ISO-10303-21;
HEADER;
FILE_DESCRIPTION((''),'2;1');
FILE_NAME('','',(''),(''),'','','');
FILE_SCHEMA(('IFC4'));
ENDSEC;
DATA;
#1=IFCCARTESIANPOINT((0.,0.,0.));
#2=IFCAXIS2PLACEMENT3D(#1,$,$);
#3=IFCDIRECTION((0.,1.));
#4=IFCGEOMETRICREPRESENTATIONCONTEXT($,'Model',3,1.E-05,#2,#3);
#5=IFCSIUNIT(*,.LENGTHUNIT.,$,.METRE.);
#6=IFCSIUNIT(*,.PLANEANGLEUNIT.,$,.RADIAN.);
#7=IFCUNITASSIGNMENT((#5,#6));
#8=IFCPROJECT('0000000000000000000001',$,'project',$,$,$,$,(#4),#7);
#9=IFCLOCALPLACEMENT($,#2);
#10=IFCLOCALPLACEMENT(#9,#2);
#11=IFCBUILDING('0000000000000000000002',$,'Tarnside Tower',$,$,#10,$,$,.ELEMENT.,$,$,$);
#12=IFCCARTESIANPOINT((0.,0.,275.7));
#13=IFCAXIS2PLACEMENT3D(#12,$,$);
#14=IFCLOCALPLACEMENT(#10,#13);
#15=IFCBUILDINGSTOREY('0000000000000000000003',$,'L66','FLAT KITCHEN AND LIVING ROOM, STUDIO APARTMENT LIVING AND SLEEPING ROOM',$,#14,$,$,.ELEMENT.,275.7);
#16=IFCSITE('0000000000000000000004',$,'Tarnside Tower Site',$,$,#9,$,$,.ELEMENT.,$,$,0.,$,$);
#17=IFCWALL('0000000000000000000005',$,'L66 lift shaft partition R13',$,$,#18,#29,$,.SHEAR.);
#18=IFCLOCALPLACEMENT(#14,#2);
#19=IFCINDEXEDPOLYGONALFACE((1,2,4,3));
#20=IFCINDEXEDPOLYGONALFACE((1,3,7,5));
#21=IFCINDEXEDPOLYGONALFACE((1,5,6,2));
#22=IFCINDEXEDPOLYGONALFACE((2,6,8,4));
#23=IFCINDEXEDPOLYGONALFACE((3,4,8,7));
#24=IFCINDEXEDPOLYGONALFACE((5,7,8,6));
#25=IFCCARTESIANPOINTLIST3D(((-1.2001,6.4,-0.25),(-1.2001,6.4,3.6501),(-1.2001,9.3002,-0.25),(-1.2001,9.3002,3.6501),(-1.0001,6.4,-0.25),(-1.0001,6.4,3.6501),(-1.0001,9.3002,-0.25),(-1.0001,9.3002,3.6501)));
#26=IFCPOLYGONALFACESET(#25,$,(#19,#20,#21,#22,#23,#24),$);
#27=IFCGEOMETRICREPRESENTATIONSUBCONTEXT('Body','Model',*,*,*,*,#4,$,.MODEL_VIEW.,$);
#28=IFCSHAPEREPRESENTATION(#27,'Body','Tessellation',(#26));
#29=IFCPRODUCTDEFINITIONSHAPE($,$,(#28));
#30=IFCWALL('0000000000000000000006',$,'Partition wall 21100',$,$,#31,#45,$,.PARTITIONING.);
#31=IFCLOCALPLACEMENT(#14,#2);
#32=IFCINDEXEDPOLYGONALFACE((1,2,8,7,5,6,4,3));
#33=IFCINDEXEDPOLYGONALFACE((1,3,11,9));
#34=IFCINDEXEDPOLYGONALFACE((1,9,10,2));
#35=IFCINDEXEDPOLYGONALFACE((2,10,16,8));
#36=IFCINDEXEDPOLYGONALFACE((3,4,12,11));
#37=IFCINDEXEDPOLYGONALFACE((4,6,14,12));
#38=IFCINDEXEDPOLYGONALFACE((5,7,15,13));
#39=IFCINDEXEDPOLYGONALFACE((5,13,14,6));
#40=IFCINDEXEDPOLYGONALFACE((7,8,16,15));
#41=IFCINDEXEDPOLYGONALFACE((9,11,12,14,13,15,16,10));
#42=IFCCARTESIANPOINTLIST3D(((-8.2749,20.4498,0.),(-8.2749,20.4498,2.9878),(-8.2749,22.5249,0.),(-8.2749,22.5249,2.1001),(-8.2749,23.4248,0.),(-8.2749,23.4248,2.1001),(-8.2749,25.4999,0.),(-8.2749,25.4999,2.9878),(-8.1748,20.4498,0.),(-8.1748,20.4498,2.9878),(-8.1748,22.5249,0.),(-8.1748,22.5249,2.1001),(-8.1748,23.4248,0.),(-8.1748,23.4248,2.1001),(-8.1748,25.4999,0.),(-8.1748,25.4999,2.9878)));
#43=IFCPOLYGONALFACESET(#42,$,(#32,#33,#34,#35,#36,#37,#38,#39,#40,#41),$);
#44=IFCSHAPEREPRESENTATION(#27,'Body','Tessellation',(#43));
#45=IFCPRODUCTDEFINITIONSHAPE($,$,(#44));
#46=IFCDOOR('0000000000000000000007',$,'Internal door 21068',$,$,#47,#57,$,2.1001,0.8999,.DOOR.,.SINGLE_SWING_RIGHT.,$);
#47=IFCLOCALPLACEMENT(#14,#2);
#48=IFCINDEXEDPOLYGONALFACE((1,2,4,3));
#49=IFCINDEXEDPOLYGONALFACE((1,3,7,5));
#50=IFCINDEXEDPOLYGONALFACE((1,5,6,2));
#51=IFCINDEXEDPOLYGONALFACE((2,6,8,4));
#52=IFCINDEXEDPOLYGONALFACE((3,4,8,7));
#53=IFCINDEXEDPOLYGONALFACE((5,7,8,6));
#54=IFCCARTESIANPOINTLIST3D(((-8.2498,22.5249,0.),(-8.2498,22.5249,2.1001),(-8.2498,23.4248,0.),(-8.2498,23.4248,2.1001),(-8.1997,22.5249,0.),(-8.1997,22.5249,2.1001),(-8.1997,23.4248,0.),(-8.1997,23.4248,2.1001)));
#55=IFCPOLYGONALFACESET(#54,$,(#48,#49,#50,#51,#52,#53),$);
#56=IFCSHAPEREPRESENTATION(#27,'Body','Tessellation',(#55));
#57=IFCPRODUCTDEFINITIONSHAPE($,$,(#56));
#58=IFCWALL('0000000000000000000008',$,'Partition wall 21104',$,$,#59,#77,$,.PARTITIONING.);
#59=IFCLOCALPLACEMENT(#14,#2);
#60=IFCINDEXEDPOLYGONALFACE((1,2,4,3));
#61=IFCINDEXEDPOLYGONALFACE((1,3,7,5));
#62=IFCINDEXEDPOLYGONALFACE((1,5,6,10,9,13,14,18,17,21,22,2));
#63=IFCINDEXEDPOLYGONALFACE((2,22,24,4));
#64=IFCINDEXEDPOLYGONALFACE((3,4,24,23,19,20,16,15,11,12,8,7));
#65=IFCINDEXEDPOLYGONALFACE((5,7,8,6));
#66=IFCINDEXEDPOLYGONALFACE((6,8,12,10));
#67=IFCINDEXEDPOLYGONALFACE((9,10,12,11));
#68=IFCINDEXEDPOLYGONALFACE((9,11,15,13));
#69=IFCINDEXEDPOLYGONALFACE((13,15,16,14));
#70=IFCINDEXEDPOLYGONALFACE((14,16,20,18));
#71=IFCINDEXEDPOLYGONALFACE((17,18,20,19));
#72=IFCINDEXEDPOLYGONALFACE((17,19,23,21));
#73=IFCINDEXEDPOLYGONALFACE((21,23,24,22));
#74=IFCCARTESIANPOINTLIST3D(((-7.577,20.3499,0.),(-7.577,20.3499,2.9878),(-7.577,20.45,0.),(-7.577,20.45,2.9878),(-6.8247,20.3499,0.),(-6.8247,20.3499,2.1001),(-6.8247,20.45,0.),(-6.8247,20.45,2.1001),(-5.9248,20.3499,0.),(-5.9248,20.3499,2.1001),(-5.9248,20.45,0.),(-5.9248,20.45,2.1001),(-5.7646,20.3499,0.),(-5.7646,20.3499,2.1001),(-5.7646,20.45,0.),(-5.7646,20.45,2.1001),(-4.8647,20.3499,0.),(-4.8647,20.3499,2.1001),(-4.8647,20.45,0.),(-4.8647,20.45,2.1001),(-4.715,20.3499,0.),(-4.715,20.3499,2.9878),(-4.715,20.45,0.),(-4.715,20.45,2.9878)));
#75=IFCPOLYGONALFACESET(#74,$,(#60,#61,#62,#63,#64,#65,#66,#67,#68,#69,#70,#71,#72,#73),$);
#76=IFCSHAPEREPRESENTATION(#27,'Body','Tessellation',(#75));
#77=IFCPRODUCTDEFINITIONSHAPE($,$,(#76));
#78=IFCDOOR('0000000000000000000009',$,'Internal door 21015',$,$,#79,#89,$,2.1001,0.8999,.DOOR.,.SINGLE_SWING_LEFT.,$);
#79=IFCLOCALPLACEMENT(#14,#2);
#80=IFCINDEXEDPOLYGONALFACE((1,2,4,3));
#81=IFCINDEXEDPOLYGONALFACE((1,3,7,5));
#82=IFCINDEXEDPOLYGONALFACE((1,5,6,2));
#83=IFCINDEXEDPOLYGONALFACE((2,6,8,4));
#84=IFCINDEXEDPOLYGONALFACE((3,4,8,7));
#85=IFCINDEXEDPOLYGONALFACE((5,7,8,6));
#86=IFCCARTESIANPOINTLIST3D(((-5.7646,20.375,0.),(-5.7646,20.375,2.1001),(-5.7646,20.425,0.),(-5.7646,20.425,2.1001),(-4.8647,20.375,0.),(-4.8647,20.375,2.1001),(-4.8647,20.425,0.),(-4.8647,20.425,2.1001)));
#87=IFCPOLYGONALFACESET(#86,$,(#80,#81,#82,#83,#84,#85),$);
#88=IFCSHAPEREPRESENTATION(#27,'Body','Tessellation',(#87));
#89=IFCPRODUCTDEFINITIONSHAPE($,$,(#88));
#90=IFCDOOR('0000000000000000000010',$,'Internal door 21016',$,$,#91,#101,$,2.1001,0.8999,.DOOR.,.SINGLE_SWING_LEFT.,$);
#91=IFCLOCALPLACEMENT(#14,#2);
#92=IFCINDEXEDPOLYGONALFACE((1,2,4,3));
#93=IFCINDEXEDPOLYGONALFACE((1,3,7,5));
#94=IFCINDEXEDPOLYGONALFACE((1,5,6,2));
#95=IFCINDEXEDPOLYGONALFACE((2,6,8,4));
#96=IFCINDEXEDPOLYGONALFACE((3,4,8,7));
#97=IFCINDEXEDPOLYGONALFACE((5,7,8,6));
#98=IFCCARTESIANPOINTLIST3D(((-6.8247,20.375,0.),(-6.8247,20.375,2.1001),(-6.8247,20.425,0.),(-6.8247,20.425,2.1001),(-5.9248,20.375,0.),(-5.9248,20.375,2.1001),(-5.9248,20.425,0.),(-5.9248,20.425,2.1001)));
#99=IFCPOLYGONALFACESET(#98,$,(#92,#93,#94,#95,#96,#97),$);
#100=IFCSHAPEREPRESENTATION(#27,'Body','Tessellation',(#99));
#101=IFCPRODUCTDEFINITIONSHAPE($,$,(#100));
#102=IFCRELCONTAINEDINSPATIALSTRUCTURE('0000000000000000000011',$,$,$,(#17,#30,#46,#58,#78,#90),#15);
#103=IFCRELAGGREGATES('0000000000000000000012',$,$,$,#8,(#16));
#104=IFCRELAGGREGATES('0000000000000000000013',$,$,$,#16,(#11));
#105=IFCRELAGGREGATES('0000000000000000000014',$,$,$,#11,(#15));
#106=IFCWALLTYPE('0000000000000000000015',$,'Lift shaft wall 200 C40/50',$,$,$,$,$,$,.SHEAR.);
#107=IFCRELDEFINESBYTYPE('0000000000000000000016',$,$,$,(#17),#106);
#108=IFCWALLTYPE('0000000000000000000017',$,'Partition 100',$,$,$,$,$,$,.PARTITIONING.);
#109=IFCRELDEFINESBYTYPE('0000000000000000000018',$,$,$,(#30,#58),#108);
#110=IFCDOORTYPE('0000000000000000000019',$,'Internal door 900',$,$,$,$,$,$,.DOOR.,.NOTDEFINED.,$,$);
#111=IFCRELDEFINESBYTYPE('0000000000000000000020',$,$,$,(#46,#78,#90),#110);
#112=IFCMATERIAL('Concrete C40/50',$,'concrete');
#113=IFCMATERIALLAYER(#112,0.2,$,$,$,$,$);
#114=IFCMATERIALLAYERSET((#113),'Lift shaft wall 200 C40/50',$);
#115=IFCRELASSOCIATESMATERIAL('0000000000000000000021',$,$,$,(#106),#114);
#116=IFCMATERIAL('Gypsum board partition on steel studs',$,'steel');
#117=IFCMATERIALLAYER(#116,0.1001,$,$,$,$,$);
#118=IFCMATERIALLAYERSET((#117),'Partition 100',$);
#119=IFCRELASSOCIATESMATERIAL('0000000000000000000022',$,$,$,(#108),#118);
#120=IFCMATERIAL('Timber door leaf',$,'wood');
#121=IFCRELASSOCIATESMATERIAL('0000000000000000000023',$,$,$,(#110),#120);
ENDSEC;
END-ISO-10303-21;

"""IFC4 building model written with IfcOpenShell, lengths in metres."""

from ifc_helpers import new_model, si_unit, direction, frame, frame_2d, origin, place, context, subcontext, project, spatial, rectangle, extrude, material, layer, layer_set, type_object, element, fill, save


model = new_model("IFC4")

# Units and contexts
model_context = context("Model", 3, precision=1e-05, world=origin(), true_north=direction((0.0, 1.0)))
body_context = subcontext(model_context, "Body", "Model", "MODEL_VIEW")
ifc_project = project(units=[si_unit("LENGTHUNIT", "METRE"), si_unit("PLANEANGLEUNIT", "RADIAN")], contexts=[model_context])

# Site, building, storey
site_placement = place(None, origin())
site = spatial("IfcSite", under=ifc_project, at=site_placement, Name="Tarnside Tower Site", CompositionType="ELEMENT", RefElevation=0.0)
building_placement = place(site_placement, origin())
building = spatial("IfcBuilding", under=site, at=building_placement, Name="Tarnside Tower", CompositionType="ELEMENT")
storey_placement = place(building_placement, frame((0.0, 0.0, 275.7)))
storey = spatial("IfcBuildingStorey", under=building, at=storey_placement, Name="L66", Description="FLAT KITCHEN AND LIVING ROOM, STUDIO APARTMENT LIVING AND SLEEPING ROOM", CompositionType="ELEMENT", Elevation=275.7)

# Shared definitions
ifc_material_1 = material(Name="Gypsum board partition on steel studs", Category="steel")

# Shared definitions
ifc_material_2 = material(Name="Timber door leaf", Category="wood")

# Wall
ifc_material_3 = material(Name="Concrete C40/50", Category="concrete")
ifc_layer_1 = layer(ifc_material_3, 0.2)
ifc_layer_set_1 = layer_set([ifc_layer_1], Name="Lift shaft wall 200 C40/50")
wall_type_1 = type_object("IfcWallType", Name="Lift shaft wall 200 C40/50", PredefinedType="SHEAR", material=ifc_layer_set_1)
for number, where, z_axis, x_axis, name in (
    (1, (-1.1001, 6.3999, -0.25), (0.0, 0.0, 1.0), (0.0, 1.0, 0.0), "L66 lift shaft partition R13"),
):
    element("IfcWall", number, at=place(storey_placement, frame(where, z_axis=z_axis, x_axis=x_axis)), inside=storey, type_object=wall_type_1, Name=name, PredefinedType="SHEAR", context=body_context, shape_type="SweptSolid", body=[
        extrude(rectangle(XDim=2.9001, YDim=0.2, at=frame_2d((1.4502, 0.0))), origin(), (0.0, 0.0, 1.0), 3.9001),
    ])

# Wall, opening, door
ifc_layer_2 = layer(ifc_material_1, 0.1001)
ifc_layer_set_2 = layer_set([ifc_layer_2], Name="Partition 100")
wall_type_2 = type_object("IfcWallType", Name="Partition 100", PredefinedType="PARTITIONING", material=ifc_layer_set_2)
wall_1_placement = place(storey_placement, frame((-8.2249, 20.45, 0.0), z_axis=(0.0, 0.0, 1.0), x_axis=(0.0, 1.0, 0.0)))
wall_1 = element("IfcWall", 2, at=wall_1_placement, inside=storey, type_object=wall_type_2, Name="Partition wall 21100", PredefinedType="PARTITIONING", context=body_context, shape_type="SweptSolid", body=[
    extrude(rectangle(XDim=5.05, YDim=0.1001, at=frame_2d((2.5249, 0.0))), origin(), (0.0, 0.0, 1.0), 2.9878),
])
opening_1_placement = place(wall_1_placement, frame((2.075, 0.0, 0.0)))
opening_1 = element("IfcOpeningElement", 3, at=opening_1_placement, cuts=wall_1, PredefinedType="OPENING", context=body_context, shape_type="SweptSolid", body=[
    extrude(rectangle(XDim=0.8999, YDim=2.1001, at=frame_2d((0.45, 1.05))), frame((0.0, 0.0601, 0.0), z_axis=(0.0, -1.0, 0.0), x_axis=(1.0, 0.0, 0.0)), (0.0, 0.0, 1.0), 0.1201),
])
door_type_1 = type_object("IfcDoorType", Name="Internal door 900", OperationType="NOTDEFINED", PredefinedType="DOOR", material=ifc_material_2)
door_1_placement = place(opening_1_placement, origin())
door_1 = element("IfcDoor", 4, at=door_1_placement, inside=storey, type_object=door_type_1, Name="Internal door 21068", OperationType="SINGLE_SWING_RIGHT", OverallHeight=2.1001, OverallWidth=0.8999, PredefinedType="DOOR", context=body_context, shape_type="SweptSolid", body=[
    extrude(rectangle(XDim=0.8999, YDim=2.1001, at=frame_2d((0.45, 1.05))), frame((0.0, 0.0249, 0.0), z_axis=(0.0, -1.0, 0.0), x_axis=(1.0, 0.0, 0.0)), (0.0, 0.0, 1.0), 0.05),
])
fill(opening_1, door_1)

# Wall, openings, doors
wall_2_placement = place(storey_placement, frame((-4.7148, 20.3999, 0.0), z_axis=(0.0, 0.0, 1.0), x_axis=(-1.0, 0.0, 0.0)))
wall_2 = element("IfcWall", 5, at=wall_2_placement, inside=storey, type_object=wall_type_2, Name="Partition wall 21104", PredefinedType="PARTITIONING", context=body_context, shape_type="SweptSolid", body=[
    extrude(rectangle(XDim=2.8621, YDim=0.1001, at=frame_2d((1.4312, 0.0))), origin(), (0.0, 0.0, 1.0), 2.9878),
])
opening_2_placement = place(wall_2_placement, frame((0.1499, 0.0, 0.0)))
opening_2 = element("IfcOpeningElement", 6, at=opening_2_placement, cuts=wall_2, PredefinedType="OPENING", context=body_context, shape_type="SweptSolid", body=[
    extrude(rectangle(XDim=0.8999, YDim=2.1001, at=frame_2d((0.45, 1.05))), frame((0.0, 0.0601, 0.0), z_axis=(0.0, -1.0, 0.0), x_axis=(1.0, 0.0, 0.0)), (0.0, 0.0, 1.0), 0.1201),
])
opening_3_placement = place(wall_2_placement, frame((1.21, 0.0, 0.0)))
opening_3 = element("IfcOpeningElement", 7, at=opening_3_placement, cuts=wall_2, PredefinedType="OPENING", context=body_context, shape_type="SweptSolid", body=[
    extrude(rectangle(XDim=0.8999, YDim=2.1001, at=frame_2d((0.45, 1.05))), frame((0.0, 0.0601, 0.0), z_axis=(0.0, -1.0, 0.0), x_axis=(1.0, 0.0, 0.0)), (0.0, 0.0, 1.0), 0.1201),
])
door_2_placement = place(opening_2_placement, origin())
door_2 = element("IfcDoor", 8, at=door_2_placement, inside=storey, type_object=door_type_1, Name="Internal door 21015", OperationType="SINGLE_SWING_LEFT", OverallHeight=2.1001, OverallWidth=0.8999, PredefinedType="DOOR", context=body_context, shape_type="SweptSolid", body=[
    extrude(rectangle(XDim=0.8999, YDim=2.1001, at=frame_2d((0.45, 1.05))), frame((0.0, 0.0249, 0.0), z_axis=(0.0, -1.0, 0.0), x_axis=(1.0, 0.0, 0.0)), (0.0, 0.0, 1.0), 0.05),
])
fill(opening_2, door_2)
door_3_placement = place(opening_3_placement, origin())
door_3 = element("IfcDoor", 9, at=door_3_placement, inside=storey, type_object=door_type_1, Name="Internal door 21016", OperationType="SINGLE_SWING_LEFT", OverallHeight=2.1001, OverallWidth=0.8999, PredefinedType="DOOR", context=body_context, shape_type="SweptSolid", body=[
    extrude(rectangle(XDim=0.8999, YDim=2.1001, at=frame_2d((0.45, 1.05))), frame((0.0, 0.0249, 0.0), z_axis=(0.0, -1.0, 0.0), x_axis=(1.0, 0.0, 0.0)), (0.0, 0.0, 1.0), 0.05),
])
fill(opening_3, door_3)

save(model, "model.ifc")
